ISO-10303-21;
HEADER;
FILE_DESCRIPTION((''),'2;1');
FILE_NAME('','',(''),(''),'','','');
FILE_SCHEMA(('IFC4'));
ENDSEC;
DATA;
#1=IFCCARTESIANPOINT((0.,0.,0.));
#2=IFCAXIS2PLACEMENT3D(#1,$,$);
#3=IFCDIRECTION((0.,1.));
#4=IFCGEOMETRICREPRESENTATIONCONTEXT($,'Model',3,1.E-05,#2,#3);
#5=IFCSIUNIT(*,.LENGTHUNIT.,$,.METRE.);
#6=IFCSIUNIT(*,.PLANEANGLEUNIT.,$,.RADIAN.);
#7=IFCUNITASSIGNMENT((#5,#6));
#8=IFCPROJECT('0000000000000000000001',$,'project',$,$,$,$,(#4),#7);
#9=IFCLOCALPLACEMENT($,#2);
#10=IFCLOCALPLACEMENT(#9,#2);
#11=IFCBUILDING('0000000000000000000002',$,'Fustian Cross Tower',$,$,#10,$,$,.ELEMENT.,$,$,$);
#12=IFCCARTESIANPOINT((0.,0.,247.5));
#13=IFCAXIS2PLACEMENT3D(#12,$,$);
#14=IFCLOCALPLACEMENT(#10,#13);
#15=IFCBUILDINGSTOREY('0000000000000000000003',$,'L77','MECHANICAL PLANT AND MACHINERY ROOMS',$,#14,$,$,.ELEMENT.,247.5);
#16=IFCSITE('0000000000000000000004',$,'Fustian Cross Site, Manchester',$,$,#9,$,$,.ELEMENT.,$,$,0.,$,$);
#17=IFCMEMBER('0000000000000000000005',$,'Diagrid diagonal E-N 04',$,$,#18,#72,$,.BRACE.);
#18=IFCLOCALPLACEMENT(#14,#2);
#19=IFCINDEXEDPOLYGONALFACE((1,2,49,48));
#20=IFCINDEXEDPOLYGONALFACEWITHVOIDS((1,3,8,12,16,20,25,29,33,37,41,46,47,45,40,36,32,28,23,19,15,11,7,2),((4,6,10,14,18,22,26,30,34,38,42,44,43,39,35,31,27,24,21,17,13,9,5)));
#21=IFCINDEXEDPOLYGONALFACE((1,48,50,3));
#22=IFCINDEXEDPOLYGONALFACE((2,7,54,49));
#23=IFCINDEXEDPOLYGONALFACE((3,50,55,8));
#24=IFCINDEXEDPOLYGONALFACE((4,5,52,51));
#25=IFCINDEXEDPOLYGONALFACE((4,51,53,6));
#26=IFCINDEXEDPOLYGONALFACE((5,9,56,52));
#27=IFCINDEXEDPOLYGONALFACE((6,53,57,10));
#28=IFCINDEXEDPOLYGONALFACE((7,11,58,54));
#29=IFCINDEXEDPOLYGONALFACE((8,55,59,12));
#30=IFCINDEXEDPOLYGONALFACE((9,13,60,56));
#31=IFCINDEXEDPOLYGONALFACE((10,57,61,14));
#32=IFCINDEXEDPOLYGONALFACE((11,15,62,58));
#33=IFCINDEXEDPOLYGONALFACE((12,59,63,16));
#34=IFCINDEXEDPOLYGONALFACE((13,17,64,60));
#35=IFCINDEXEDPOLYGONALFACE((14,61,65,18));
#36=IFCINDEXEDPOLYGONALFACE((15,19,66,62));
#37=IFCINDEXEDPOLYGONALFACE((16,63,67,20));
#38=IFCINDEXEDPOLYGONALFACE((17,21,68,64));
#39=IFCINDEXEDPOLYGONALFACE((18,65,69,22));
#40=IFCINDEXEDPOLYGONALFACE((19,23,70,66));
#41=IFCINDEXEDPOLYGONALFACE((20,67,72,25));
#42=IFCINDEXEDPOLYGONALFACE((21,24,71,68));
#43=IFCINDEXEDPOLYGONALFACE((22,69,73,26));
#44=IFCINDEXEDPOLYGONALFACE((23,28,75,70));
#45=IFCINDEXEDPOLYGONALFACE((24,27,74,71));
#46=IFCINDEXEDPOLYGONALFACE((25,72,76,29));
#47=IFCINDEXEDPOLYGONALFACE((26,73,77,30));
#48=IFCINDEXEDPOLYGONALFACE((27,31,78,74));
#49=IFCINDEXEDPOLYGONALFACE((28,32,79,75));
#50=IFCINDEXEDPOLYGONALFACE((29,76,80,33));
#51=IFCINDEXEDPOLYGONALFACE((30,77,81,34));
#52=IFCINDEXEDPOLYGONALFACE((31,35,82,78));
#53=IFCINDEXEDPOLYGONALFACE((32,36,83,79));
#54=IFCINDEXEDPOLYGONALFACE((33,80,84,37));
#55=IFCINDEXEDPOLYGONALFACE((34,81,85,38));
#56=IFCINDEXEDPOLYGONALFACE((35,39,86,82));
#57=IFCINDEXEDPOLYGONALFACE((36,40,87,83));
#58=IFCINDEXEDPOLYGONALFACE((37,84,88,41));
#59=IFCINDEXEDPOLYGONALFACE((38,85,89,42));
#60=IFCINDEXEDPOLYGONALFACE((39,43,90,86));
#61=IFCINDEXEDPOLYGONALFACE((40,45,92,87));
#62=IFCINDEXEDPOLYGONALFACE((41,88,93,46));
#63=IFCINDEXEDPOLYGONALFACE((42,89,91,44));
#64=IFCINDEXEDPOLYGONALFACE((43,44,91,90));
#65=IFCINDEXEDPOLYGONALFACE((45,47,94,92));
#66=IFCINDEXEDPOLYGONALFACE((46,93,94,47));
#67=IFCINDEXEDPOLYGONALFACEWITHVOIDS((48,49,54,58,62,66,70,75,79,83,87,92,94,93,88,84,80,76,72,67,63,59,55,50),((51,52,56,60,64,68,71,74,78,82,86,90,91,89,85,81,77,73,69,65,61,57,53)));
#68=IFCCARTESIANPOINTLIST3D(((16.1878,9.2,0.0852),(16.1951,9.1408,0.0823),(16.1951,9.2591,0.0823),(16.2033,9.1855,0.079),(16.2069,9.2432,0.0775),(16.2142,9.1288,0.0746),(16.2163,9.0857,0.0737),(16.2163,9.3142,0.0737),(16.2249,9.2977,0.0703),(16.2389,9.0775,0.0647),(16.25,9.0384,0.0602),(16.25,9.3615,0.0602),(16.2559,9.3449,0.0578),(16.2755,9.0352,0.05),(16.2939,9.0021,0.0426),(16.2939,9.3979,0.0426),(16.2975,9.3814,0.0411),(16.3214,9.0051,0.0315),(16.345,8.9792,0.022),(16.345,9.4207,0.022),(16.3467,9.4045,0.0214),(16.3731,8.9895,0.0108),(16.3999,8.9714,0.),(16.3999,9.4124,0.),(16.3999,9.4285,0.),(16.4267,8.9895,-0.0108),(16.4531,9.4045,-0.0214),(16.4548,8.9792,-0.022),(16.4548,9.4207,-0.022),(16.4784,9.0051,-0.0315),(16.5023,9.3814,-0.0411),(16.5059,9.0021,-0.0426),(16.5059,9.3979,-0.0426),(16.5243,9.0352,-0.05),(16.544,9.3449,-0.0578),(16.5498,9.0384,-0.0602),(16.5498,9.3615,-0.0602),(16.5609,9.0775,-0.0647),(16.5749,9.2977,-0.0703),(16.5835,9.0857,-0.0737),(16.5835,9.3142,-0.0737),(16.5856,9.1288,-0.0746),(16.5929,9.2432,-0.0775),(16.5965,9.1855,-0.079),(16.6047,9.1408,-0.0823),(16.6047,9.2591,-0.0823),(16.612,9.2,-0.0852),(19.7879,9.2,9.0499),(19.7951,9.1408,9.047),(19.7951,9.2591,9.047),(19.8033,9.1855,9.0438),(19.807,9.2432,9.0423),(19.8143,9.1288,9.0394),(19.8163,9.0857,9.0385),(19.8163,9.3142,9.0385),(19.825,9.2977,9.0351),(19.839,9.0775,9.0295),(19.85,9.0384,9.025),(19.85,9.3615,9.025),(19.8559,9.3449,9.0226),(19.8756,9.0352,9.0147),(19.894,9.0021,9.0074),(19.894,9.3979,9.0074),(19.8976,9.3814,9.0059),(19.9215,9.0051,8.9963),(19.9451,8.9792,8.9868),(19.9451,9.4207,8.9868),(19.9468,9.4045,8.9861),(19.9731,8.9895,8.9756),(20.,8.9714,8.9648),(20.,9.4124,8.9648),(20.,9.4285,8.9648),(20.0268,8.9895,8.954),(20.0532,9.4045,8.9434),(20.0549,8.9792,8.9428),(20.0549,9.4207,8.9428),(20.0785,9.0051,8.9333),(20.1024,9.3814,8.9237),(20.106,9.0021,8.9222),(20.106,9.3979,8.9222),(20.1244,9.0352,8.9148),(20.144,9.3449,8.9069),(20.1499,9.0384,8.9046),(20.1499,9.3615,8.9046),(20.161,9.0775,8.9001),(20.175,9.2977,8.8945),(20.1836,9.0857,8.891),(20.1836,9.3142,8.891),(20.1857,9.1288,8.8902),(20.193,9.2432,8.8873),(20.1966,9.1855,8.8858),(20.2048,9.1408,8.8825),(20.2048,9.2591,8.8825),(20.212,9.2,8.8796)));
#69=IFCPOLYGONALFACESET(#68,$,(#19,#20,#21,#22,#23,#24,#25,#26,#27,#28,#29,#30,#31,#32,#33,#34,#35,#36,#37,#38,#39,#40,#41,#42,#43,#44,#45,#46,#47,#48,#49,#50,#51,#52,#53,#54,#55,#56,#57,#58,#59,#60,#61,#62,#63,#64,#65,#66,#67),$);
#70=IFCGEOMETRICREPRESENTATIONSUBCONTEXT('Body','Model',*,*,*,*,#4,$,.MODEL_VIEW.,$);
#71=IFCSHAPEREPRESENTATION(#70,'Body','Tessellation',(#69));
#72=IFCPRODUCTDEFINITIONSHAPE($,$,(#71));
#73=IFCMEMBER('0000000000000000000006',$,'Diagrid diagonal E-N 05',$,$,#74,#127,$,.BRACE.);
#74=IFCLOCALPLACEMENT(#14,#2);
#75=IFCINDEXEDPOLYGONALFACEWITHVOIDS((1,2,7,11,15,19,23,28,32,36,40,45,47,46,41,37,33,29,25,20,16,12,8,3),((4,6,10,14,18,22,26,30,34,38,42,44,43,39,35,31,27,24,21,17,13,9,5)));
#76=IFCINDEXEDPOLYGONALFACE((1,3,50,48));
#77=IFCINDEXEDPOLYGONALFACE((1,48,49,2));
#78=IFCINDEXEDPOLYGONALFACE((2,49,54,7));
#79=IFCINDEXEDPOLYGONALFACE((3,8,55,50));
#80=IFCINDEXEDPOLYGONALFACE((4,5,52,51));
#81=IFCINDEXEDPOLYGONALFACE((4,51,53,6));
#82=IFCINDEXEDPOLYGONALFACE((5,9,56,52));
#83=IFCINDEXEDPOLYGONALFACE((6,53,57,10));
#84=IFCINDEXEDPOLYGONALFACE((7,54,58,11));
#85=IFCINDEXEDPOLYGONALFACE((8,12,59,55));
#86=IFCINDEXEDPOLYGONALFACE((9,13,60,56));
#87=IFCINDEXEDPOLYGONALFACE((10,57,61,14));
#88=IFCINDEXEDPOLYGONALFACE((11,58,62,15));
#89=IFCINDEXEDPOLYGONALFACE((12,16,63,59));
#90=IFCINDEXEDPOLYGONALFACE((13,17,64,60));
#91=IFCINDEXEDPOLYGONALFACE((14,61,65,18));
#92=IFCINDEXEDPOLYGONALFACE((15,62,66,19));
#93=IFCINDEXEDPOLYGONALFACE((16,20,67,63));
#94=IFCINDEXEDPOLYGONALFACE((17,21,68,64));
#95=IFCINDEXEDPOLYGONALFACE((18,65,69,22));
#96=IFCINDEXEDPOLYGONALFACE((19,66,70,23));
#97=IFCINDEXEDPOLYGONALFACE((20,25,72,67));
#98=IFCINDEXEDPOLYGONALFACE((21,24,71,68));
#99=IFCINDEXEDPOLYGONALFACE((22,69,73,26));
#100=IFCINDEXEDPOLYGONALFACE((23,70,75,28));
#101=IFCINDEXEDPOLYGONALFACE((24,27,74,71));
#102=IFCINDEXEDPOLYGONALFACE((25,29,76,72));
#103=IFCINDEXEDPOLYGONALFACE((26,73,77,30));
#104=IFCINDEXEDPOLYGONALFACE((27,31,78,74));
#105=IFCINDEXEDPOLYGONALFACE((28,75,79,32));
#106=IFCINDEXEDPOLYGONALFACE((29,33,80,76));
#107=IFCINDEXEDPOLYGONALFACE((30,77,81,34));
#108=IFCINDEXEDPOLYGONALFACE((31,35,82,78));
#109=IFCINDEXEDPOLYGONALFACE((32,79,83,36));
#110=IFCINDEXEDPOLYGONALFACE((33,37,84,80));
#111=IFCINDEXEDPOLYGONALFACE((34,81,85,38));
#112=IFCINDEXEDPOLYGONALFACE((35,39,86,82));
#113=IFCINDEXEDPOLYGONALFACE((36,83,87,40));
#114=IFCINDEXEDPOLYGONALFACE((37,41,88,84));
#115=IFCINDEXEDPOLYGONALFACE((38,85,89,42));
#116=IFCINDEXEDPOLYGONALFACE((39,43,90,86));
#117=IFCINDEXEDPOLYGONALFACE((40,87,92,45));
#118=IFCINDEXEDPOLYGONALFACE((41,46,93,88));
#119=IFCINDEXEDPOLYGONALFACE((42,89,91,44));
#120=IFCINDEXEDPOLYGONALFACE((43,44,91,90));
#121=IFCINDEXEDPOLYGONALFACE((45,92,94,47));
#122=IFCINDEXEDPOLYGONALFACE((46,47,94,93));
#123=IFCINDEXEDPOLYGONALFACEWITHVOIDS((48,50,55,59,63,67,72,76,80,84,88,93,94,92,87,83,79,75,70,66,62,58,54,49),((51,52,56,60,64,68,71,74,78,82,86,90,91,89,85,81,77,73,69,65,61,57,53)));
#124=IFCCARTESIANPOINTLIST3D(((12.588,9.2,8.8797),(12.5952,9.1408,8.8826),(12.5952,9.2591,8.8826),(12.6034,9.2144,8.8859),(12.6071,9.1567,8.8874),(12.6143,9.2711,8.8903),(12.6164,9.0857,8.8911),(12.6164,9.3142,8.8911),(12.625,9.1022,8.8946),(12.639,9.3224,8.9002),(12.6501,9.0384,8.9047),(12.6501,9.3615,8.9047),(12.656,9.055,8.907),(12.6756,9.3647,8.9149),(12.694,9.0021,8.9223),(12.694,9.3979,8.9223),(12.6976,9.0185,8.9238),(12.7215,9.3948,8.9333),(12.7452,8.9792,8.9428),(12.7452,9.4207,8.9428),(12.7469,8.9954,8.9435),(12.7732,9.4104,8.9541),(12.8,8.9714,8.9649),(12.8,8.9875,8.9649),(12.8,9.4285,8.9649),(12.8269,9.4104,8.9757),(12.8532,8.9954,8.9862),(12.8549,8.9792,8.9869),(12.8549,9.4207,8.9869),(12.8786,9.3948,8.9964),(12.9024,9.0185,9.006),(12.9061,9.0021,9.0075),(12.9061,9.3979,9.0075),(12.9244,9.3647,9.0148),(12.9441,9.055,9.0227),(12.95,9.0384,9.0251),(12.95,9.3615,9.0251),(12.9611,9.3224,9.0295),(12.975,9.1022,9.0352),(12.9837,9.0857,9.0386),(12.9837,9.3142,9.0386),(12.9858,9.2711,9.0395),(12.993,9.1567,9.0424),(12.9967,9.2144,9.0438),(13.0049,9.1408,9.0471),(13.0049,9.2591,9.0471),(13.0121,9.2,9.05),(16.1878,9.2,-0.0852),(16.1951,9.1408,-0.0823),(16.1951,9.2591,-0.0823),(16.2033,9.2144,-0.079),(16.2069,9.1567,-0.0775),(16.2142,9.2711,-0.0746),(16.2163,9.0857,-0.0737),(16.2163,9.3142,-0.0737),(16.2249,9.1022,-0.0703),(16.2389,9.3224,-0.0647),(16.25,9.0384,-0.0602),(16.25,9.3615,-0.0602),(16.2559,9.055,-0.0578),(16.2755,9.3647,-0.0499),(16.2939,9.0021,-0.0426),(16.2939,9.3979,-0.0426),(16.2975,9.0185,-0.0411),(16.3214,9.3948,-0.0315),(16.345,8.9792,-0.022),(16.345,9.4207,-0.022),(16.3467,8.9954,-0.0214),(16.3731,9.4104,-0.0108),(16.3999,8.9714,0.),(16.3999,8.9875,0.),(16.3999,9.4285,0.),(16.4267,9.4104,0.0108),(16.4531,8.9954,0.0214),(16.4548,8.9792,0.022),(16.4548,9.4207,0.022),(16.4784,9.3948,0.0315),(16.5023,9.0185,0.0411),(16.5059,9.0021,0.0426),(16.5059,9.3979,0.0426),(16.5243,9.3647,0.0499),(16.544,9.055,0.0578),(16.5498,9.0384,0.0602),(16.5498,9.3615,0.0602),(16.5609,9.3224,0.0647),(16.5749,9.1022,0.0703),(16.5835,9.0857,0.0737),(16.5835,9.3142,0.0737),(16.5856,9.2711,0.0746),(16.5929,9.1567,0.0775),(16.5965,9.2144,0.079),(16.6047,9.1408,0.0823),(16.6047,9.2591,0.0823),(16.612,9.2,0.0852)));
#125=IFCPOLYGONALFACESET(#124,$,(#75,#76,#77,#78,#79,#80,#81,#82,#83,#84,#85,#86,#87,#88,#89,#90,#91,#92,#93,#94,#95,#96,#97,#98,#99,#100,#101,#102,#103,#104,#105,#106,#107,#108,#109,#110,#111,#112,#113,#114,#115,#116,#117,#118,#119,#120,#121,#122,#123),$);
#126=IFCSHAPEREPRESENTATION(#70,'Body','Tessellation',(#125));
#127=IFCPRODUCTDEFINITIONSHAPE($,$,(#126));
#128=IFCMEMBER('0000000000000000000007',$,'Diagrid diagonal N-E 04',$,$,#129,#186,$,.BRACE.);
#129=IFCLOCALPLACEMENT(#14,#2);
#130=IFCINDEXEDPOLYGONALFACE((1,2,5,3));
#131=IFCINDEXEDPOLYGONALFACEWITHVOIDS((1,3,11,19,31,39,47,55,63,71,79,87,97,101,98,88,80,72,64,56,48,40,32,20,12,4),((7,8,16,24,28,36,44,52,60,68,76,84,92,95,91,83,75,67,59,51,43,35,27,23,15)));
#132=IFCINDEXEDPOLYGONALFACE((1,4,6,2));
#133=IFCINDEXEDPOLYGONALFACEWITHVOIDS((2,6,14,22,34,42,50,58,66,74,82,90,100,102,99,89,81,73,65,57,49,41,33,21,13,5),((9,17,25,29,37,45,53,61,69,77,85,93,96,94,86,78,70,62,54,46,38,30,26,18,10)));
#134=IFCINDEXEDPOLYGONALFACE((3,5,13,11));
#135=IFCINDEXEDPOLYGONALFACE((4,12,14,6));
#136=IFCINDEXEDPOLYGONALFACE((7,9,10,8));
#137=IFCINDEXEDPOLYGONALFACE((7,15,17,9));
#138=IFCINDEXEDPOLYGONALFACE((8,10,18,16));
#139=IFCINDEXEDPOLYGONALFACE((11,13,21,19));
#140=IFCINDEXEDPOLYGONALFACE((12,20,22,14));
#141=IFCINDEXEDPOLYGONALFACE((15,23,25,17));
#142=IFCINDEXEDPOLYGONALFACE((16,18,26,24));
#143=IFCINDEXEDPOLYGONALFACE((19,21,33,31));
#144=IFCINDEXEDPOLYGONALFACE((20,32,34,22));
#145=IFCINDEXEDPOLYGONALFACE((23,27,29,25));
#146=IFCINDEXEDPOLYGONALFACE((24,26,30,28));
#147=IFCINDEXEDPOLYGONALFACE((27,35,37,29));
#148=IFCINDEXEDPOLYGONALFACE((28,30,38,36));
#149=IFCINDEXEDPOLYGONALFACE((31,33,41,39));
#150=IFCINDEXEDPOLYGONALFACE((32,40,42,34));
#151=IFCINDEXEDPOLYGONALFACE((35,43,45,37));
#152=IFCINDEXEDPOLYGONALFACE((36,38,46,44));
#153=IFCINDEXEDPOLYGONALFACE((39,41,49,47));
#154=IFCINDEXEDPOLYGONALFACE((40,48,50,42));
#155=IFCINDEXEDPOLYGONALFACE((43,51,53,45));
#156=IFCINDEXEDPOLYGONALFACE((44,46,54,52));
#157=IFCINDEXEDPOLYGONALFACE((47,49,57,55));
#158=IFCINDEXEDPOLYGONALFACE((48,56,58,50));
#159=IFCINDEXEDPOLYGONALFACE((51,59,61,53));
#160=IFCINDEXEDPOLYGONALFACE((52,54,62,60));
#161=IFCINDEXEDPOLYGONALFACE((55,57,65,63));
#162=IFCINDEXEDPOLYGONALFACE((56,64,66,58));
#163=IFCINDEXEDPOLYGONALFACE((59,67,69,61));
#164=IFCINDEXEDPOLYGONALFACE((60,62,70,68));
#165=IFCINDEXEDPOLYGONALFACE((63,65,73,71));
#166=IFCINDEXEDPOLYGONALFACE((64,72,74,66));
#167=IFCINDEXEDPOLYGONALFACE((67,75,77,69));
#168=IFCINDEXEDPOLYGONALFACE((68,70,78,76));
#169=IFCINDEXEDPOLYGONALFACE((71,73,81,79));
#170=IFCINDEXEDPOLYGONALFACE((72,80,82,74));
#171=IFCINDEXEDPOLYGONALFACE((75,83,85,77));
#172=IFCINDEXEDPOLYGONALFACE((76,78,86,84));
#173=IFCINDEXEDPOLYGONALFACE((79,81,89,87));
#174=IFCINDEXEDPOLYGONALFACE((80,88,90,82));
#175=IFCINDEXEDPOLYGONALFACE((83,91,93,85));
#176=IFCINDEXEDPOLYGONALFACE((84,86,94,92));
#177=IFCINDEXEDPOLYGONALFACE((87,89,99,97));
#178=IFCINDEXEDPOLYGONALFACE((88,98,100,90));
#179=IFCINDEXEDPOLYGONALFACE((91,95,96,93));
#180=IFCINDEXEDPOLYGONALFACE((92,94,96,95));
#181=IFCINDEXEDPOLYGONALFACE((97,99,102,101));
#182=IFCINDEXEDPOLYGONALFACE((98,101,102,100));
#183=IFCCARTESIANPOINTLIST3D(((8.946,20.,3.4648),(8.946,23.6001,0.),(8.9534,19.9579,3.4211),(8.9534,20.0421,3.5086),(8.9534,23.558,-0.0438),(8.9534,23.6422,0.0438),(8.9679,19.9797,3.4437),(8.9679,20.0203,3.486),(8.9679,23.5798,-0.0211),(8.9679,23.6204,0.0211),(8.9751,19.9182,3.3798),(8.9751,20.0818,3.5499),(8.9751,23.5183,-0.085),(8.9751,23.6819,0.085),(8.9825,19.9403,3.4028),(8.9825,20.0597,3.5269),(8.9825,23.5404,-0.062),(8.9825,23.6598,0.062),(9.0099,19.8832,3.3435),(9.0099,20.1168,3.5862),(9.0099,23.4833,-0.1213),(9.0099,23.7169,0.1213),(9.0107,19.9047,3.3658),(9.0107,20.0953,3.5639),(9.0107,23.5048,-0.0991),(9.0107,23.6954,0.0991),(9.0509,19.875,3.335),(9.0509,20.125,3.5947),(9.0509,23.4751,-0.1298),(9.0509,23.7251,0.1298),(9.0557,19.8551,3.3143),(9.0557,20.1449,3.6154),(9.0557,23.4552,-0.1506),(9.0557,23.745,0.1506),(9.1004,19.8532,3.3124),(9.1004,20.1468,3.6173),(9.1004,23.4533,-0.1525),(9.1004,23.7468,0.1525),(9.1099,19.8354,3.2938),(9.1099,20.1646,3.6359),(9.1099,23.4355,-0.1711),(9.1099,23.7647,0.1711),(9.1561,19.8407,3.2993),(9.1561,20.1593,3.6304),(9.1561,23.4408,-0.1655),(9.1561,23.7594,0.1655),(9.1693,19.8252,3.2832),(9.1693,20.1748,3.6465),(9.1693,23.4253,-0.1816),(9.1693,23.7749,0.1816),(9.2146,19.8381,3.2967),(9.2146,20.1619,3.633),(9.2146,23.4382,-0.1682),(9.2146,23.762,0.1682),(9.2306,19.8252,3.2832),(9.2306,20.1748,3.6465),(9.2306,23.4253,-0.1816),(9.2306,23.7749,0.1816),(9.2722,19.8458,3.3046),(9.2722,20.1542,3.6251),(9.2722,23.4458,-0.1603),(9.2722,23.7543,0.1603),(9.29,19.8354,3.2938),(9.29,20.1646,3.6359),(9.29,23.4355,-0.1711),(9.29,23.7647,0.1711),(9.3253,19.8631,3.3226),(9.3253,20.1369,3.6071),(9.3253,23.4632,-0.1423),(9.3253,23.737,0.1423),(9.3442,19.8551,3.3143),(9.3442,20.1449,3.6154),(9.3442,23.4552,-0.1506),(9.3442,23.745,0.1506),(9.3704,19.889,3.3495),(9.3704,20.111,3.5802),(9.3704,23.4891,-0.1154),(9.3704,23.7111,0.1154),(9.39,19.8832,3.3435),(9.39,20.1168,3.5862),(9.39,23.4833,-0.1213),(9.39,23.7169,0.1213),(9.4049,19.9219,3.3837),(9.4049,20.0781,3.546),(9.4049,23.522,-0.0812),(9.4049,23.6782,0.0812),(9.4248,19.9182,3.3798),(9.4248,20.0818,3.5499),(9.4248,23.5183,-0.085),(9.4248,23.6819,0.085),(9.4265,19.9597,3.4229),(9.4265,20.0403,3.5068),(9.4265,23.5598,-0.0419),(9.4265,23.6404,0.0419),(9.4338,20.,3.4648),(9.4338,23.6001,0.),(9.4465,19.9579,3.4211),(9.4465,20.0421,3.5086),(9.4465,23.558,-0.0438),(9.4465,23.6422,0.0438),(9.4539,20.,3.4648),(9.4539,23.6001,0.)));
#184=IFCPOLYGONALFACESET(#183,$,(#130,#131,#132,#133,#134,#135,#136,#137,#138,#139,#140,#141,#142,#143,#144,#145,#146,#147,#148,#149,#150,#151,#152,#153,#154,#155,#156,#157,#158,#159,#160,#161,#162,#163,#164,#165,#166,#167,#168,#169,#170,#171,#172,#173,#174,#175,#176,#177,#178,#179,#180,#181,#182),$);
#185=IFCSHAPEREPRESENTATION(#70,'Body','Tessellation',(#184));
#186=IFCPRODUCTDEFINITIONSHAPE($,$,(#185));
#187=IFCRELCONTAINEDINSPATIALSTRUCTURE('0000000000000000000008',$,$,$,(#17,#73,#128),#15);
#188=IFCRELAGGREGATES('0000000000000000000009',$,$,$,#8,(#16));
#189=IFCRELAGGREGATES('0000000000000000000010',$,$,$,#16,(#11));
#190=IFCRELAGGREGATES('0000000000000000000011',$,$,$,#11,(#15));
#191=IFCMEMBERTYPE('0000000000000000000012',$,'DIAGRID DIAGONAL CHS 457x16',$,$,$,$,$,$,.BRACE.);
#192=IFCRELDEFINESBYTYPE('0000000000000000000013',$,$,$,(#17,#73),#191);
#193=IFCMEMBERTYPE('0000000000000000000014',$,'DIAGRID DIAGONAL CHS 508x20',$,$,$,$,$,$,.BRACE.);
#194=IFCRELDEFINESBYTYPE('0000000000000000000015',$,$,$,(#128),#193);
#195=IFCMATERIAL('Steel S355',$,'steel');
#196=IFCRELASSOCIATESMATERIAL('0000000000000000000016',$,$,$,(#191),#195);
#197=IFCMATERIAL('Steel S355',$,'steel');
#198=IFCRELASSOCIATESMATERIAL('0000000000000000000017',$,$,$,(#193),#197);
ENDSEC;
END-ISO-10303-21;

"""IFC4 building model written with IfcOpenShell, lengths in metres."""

from ifc_helpers import new_model, si_unit, direction, frame, origin, origin_2d, place, context, subcontext, project, spatial, hollow_circle, extrude, material, material_profile, profile_set, type_object, element, save


model = new_model("IFC4")

# Units and contexts
model_context = context("Model", 3, precision=1e-05, world=origin(), true_north=direction((0.0, 1.0)))
body_context = subcontext(model_context, "Body", "Model", "MODEL_VIEW")
ifc_project = project(units=[si_unit("LENGTHUNIT", "METRE"), si_unit("PLANEANGLEUNIT", "RADIAN")], contexts=[model_context])

# Site, building, storey
site_placement = place(None, origin())
site = spatial("IfcSite", under=ifc_project, at=site_placement, Name="Fustian Cross Site, Manchester", CompositionType="ELEMENT", RefElevation=0.0)
building_placement = place(site_placement, origin())
building = spatial("IfcBuilding", under=site, at=building_placement, Name="Fustian Cross Tower", CompositionType="ELEMENT")
storey_placement = place(building_placement, frame((0.0, 0.0, 247.5)))
storey = spatial("IfcBuildingStorey", under=building, at=storey_placement, Name="L77", Description="MECHANICAL PLANT AND MACHINERY ROOMS", CompositionType="ELEMENT", Elevation=247.5)

# Members
ifc_material_1 = material(Name="Steel S355", Category="steel")
ifc_material_profile_1 = material_profile(ifc_material_1, hollow_circle(Radius=0.2285, WallThickness=0.0161, at=origin_2d()), Name="CHS 457x16")
ifc_profile_set_1 = profile_set([ifc_material_profile_1], Name="Steel S355")
member_type_1 = type_object("IfcMemberType", Name="DIAGRID DIAGONAL CHS 457x16", PredefinedType="BRACE", material=ifc_profile_set_1)
for number, where, z_axis, x_axis, name in (
    (1, (16.3999, 9.2, 0.0), (0.372654, 0.0, 0.92797), (0.0, 1.0, 0.0), "Diagrid diagonal E-N 04"),
    (2, (16.3999, 9.2, 0.0), (-0.372632, 0.0, 0.927979), (0.0, -1.0, 0.0), "Diagrid diagonal E-N 05"),
):
    element("IfcMember", number, at=place(storey_placement, frame(where, z_axis=z_axis, x_axis=x_axis)), inside=storey, type_object=member_type_1, Name=name, PredefinedType="BRACE", context=body_context, shape_type="SweptSolid", body=[
        extrude(hollow_circle(Radius=0.2285, WallThickness=0.0161, at=origin_2d()), origin(), (0.0, 0.0, 1.0), 9.6606),
    ])
ifc_material_2 = material(Name="Steel S355", Category="steel")
ifc_material_profile_2 = material_profile(ifc_material_2, hollow_circle(Radius=0.2539, WallThickness=0.02, at=origin_2d()), Name="CHS 508x20")
ifc_profile_set_2 = profile_set([ifc_material_profile_2], Name="Steel S355")
member_type_2 = type_object("IfcMemberType", Name="DIAGRID DIAGONAL CHS 508x20", PredefinedType="BRACE", material=ifc_profile_set_2)
member_1_placement = place(storey_placement, frame((9.2, 23.6001, 0.0), z_axis=(0.0, -0.720512, 0.693443), x_axis=(1.0, 0.0, 0.0)))
element("IfcMember", 3, at=member_1_placement, inside=storey, type_object=member_type_2, Name="Diagrid diagonal N-E 04", PredefinedType="BRACE", context=body_context, shape_type="SweptSolid", body=[
    extrude(hollow_circle(Radius=0.2539, WallThickness=0.02, at=origin_2d()), origin(), (0.0, 0.0, 1.0), 4.9966),
])

save(model, "model.ifc")
